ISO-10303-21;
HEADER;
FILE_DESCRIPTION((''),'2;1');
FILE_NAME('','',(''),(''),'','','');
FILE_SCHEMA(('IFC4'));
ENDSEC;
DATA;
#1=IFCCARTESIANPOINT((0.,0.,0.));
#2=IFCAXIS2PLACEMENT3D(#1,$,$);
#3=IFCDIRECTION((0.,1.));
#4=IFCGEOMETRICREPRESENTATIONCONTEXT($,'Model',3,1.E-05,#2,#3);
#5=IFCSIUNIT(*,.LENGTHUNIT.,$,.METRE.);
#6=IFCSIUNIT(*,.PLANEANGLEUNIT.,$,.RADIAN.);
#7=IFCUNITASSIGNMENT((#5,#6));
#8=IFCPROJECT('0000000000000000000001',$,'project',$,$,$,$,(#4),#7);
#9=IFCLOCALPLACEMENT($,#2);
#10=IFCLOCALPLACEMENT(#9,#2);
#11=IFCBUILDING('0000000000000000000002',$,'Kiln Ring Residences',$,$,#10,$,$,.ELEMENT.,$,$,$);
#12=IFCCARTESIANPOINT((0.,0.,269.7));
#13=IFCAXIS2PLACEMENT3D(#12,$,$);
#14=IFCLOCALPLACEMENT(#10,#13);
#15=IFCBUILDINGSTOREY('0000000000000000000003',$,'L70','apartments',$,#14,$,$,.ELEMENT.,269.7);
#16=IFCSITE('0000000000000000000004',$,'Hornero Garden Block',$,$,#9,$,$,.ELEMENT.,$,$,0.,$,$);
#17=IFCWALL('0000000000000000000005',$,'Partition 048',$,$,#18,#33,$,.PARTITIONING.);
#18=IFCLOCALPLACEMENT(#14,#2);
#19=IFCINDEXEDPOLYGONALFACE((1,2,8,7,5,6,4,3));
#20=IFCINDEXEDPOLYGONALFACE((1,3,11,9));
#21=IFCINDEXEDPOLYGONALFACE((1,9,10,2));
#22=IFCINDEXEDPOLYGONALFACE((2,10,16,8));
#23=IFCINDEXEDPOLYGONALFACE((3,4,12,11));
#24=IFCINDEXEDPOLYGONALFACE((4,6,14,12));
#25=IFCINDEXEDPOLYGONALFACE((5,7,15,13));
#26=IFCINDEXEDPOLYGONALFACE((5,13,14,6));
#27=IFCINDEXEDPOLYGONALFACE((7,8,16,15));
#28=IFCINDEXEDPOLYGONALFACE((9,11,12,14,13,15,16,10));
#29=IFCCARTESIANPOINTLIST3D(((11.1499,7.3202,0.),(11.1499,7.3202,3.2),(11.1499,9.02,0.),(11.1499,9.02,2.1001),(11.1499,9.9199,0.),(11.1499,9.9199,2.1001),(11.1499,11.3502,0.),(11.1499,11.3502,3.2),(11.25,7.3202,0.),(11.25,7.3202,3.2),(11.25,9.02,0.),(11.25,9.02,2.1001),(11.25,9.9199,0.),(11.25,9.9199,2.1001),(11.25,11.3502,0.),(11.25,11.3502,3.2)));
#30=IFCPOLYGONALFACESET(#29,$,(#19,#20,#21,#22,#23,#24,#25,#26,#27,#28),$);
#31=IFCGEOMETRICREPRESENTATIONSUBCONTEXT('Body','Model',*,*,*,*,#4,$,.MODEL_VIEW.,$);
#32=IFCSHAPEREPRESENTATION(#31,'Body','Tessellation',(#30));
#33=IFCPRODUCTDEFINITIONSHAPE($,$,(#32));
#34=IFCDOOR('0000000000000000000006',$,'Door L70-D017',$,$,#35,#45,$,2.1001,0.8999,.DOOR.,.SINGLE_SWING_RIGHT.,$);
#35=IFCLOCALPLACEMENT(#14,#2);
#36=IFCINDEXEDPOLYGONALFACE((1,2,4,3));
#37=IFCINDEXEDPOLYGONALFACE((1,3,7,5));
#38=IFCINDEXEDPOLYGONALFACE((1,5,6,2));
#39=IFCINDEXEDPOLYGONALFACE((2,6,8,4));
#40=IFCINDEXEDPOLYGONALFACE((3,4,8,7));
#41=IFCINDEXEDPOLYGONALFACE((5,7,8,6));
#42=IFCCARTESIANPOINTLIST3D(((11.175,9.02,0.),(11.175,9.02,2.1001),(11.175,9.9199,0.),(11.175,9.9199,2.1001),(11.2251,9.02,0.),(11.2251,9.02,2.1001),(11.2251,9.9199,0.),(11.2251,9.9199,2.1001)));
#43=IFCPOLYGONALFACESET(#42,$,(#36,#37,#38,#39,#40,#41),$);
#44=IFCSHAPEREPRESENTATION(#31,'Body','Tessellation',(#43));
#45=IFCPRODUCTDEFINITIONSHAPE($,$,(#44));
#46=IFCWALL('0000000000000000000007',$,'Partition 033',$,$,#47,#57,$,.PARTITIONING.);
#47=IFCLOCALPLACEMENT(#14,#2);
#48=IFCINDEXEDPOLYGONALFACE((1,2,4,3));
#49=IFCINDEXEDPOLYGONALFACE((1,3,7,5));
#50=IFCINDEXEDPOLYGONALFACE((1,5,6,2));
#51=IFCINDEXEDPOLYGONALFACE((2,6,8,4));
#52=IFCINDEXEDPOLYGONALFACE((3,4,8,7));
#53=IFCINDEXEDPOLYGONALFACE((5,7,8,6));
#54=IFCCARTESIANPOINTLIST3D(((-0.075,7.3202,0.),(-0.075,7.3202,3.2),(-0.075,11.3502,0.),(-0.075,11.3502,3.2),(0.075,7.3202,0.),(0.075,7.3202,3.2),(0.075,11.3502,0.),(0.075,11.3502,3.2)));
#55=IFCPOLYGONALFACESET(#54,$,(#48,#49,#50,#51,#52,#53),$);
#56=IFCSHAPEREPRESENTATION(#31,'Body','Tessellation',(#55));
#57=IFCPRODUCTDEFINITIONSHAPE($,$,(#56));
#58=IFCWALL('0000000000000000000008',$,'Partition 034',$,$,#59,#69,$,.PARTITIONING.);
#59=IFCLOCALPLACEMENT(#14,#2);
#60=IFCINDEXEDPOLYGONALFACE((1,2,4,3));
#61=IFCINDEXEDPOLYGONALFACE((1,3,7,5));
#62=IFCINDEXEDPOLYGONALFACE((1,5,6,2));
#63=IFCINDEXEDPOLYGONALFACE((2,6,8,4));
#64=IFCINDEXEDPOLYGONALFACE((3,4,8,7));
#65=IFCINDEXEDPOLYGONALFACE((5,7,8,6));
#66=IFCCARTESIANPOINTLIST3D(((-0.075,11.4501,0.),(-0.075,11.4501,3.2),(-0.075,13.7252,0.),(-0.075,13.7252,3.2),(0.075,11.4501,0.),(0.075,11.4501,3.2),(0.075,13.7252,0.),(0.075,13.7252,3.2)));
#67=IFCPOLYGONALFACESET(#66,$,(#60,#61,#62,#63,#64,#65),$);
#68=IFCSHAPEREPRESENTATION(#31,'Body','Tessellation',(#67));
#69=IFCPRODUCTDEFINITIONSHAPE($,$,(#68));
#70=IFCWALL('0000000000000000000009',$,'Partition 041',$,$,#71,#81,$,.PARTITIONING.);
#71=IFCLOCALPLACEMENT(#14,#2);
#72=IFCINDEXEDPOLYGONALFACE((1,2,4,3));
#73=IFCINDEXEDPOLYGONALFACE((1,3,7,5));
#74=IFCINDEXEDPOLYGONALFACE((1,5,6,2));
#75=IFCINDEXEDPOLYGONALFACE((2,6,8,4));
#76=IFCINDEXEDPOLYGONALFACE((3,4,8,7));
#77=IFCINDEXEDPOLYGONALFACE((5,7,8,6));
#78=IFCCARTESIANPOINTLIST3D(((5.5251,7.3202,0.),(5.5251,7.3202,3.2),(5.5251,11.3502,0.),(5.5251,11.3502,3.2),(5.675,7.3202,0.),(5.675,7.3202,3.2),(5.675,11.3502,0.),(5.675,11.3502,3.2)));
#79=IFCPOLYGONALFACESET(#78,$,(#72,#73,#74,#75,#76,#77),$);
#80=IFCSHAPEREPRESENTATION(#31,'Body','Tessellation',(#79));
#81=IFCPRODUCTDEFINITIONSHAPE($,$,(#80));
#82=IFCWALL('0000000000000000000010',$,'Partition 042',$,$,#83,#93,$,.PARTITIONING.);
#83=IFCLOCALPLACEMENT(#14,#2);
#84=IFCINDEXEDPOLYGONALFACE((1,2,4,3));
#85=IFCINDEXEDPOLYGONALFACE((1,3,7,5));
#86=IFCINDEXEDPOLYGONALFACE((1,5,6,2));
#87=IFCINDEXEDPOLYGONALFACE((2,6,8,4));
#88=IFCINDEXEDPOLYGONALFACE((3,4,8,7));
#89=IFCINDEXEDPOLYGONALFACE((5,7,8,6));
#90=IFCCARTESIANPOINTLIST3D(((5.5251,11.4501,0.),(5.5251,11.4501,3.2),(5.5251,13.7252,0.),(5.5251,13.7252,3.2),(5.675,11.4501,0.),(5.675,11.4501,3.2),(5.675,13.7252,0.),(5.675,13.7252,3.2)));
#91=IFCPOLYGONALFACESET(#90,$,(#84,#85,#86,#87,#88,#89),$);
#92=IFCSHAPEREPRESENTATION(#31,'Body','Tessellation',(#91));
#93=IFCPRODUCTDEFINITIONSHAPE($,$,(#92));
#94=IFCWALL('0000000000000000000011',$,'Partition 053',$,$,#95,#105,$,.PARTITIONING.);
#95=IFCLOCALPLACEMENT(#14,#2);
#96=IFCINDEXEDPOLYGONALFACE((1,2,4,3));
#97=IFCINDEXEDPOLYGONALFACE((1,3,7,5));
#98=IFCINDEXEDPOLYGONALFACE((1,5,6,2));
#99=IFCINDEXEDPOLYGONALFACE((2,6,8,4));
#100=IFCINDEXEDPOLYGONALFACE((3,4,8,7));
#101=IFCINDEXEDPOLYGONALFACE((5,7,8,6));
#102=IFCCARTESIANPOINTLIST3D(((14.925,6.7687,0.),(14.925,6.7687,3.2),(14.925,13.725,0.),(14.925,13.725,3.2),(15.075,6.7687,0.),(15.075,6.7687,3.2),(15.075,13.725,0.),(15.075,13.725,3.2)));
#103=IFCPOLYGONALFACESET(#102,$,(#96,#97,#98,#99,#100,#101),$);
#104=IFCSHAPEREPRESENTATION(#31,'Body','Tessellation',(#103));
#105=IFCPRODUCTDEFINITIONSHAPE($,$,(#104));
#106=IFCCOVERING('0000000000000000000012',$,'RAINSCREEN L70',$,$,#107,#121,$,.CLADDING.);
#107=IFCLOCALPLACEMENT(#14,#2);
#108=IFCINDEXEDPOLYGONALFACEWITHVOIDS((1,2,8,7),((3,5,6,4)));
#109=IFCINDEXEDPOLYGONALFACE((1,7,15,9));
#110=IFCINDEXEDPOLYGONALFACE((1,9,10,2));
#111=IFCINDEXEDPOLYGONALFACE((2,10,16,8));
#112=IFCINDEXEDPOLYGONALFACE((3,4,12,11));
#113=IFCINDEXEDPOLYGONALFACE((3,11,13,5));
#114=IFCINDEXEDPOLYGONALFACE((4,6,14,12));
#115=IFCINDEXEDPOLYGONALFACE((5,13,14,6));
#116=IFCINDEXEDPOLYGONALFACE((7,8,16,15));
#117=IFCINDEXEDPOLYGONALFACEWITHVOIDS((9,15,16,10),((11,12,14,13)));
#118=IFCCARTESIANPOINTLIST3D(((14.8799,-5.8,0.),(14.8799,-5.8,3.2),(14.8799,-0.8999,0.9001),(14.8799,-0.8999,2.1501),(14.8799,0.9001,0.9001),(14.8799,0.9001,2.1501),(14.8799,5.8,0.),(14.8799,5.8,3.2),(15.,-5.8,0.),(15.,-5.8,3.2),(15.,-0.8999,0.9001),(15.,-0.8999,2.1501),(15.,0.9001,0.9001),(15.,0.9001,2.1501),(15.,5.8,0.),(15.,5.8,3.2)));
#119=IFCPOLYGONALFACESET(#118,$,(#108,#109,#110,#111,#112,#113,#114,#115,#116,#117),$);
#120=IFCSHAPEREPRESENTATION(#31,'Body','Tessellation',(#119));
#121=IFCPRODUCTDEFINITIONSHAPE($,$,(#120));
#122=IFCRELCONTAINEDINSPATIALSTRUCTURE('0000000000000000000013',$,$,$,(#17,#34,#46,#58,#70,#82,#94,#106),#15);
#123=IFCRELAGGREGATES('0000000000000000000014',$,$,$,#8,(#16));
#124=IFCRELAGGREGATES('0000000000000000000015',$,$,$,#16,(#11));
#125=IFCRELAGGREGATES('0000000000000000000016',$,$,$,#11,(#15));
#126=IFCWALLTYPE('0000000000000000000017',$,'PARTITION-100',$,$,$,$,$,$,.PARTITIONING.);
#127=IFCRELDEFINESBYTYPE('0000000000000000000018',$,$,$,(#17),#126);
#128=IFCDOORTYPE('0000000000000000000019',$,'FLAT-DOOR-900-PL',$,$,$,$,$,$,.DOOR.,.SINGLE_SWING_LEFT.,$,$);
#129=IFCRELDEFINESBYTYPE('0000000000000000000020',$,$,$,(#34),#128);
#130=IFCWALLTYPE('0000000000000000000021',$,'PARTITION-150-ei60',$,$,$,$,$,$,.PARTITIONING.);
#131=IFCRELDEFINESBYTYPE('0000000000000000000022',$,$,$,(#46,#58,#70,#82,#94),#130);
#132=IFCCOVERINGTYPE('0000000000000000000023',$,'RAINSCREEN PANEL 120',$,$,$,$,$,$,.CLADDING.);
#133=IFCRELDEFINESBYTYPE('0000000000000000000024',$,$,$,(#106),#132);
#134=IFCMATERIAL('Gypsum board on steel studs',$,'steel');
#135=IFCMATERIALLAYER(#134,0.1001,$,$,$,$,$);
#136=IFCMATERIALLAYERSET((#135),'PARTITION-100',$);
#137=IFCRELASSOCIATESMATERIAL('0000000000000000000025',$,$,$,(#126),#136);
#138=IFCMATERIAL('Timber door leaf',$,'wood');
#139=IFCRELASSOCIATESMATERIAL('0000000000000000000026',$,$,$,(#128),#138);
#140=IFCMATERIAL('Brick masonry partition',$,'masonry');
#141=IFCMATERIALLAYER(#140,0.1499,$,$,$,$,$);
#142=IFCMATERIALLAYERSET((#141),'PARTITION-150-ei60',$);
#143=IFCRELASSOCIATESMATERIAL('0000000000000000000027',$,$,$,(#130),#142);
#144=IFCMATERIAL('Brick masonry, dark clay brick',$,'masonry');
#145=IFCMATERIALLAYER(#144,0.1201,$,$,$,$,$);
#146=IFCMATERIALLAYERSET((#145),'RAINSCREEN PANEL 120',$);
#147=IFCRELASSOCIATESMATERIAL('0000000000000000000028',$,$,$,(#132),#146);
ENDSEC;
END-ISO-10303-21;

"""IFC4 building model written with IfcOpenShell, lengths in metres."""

from ifc_helpers import new_model, si_unit, direction, frame, frame_2d, origin, place, context, subcontext, project, spatial, polyline, rectangle, outline, extrude, material, layer, layer_set, type_object, element, fill, save


model = new_model("IFC4")

# Units and contexts
model_context = context("Model", 3, precision=1e-05, world=origin(), true_north=direction((0.0, 1.0)))
body_context = subcontext(model_context, "Body", "Model", "MODEL_VIEW")
ifc_project = project(units=[si_unit("LENGTHUNIT", "METRE"), si_unit("PLANEANGLEUNIT", "RADIAN")], contexts=[model_context])

# Site, building, storey
site_placement = place(None, origin())
site = spatial("IfcSite", under=ifc_project, at=site_placement, Name="Hornero Garden Block", CompositionType="ELEMENT", RefElevation=0.0)
building_placement = place(site_placement, origin())
building = spatial("IfcBuilding", under=site, at=building_placement, Name="Kiln Ring Residences", CompositionType="ELEMENT")
storey_placement = place(building_placement, frame((0.0, 0.0, 269.7)))
storey = spatial("IfcBuildingStorey", under=building, at=storey_placement, Name="L70", Description="apartments", CompositionType="ELEMENT", Elevation=269.7)

# Shared definitions
ifc_material_1 = material(Name="Gypsum board on steel studs", Category="steel")
ifc_layer_1 = layer(ifc_material_1, 0.1001)
ifc_layer_set_1 = layer_set([ifc_layer_1], Name="PARTITION-100")
wall_type_1 = type_object("IfcWallType", Name="PARTITION-100", PredefinedType="PARTITIONING", material=ifc_layer_set_1)

# Wall, opening, door
wall_1_placement = place(storey_placement, frame((11.2, 7.3201, 0.0), z_axis=(0.0, 0.0, 1.0), x_axis=(0.0, 1.0, 0.0)))
wall_1 = element("IfcWall", 1, at=wall_1_placement, inside=storey, type_object=wall_type_1, Name="Partition 048", PredefinedType="PARTITIONING", context=body_context, shape_type="SweptSolid", body=[
    extrude(rectangle(XDim=4.03, YDim=0.1001, at=frame_2d((2.0151, 0.0))), origin(), (0.0, 0.0, 1.0), 3.2),
])
opening_placement = place(wall_1_placement, frame((1.7, 0.0, 0.0)))
opening = element("IfcOpeningElement", 2, at=opening_placement, cuts=wall_1, PredefinedType="OPENING", context=body_context, shape_type="SweptSolid", body=[
    extrude(rectangle(XDim=0.8999, YDim=2.1001, at=frame_2d((0.45, 1.05))), frame((0.0, 0.0601, 0.0), z_axis=(0.0, -1.0, 0.0), x_axis=(1.0, 0.0, 0.0)), (0.0, 0.0, 1.0), 0.1201),
])
ifc_material_2 = material(Name="Timber door leaf", Category="wood")
door_type = type_object("IfcDoorType", Name="FLAT-DOOR-900-PL", OperationType="SINGLE_SWING_LEFT", PredefinedType="DOOR", material=ifc_material_2)
door_placement = place(opening_placement, origin())
door = element("IfcDoor", 3, at=door_placement, inside=storey, type_object=door_type, Name="Door L70-D017", OperationType="SINGLE_SWING_RIGHT", OverallHeight=2.1001, OverallWidth=0.8999, PredefinedType="DOOR", context=body_context, shape_type="SweptSolid", body=[
    extrude(rectangle(XDim=0.8999, YDim=2.1001, at=frame_2d((0.45, 1.05))), frame((0.0, 0.0249, 0.0), z_axis=(0.0, -1.0, 0.0), x_axis=(1.0, 0.0, 0.0)), (0.0, 0.0, 1.0), 0.05),
])
fill(opening, door)

# Walls
ifc_material_3 = material(Name="Brick masonry partition", Category="masonry")
ifc_layer_2 = layer(ifc_material_3, 0.1499)
ifc_layer_set_2 = layer_set([ifc_layer_2], Name="PARTITION-150-ei60")
wall_type_2 = type_object("IfcWallType", Name="PARTITION-150-ei60", PredefinedType="PARTITIONING", material=ifc_layer_set_2)
wall_2_placement = place(storey_placement, frame((0.0, 7.3201, 0.0), z_axis=(0.0, 0.0, 1.0), x_axis=(0.0, 1.0, 0.0)))
element("IfcWall", 4, at=wall_2_placement, inside=storey, type_object=wall_type_2, Name="Partition 033", PredefinedType="PARTITIONING", context=body_context, shape_type="SweptSolid", body=[
    extrude(rectangle(XDim=4.03, YDim=0.1499, at=frame_2d((2.0151, 0.0))), origin(), (0.0, 0.0, 1.0), 3.2),
])
wall_3_placement = place(storey_placement, frame((0.0, 11.45, 0.0), z_axis=(0.0, 0.0, 1.0), x_axis=(0.0, 1.0, 0.0)))
element("IfcWall", 5, at=wall_3_placement, inside=storey, type_object=wall_type_2, Name="Partition 034", PredefinedType="PARTITIONING", context=body_context, shape_type="SweptSolid", body=[
    extrude(rectangle(XDim=2.2751, YDim=0.1499, at=frame_2d((1.1377, 0.0))), origin(), (0.0, 0.0, 1.0), 3.2),
])
wall_4_placement = place(storey_placement, frame((5.6001, 7.3201, 0.0), z_axis=(0.0, 0.0, 1.0), x_axis=(0.0, 1.0, 0.0)))
element("IfcWall", 6, at=wall_4_placement, inside=storey, type_object=wall_type_2, Name="Partition 041", PredefinedType="PARTITIONING", context=body_context, shape_type="SweptSolid", body=[
    extrude(rectangle(XDim=4.03, YDim=0.1499, at=frame_2d((2.0151, 0.0))), origin(), (0.0, 0.0, 1.0), 3.2),
])
wall_5_placement = place(storey_placement, frame((5.6001, 11.45, 0.0), z_axis=(0.0, 0.0, 1.0), x_axis=(0.0, 1.0, 0.0)))
element("IfcWall", 7, at=wall_5_placement, inside=storey, type_object=wall_type_2, Name="Partition 042", PredefinedType="PARTITIONING", context=body_context, shape_type="SweptSolid", body=[
    extrude(rectangle(XDim=2.2751, YDim=0.1499, at=frame_2d((1.1377, 0.0))), origin(), (0.0, 0.0, 1.0), 3.2),
])
wall_6_placement = place(storey_placement, frame((15.0, 6.7688, 0.0), z_axis=(0.0, 0.0, 1.0), x_axis=(0.0, 1.0, 0.0)))
element("IfcWall", 8, at=wall_6_placement, inside=storey, type_object=wall_type_2, Name="Partition 053", PredefinedType="PARTITIONING", context=body_context, shape_type="SweptSolid", body=[
    extrude(rectangle(XDim=6.9563, YDim=0.1499, at=frame_2d((3.478, 0.0))), origin(), (0.0, 0.0, 1.0), 3.2),
])

# Covering
ifc_material_4 = material(Name="Brick masonry, dark clay brick", Category="masonry")
ifc_layer_3 = layer(ifc_material_4, 0.1201)
ifc_layer_set_3 = layer_set([ifc_layer_3], Name="RAINSCREEN PANEL 120")
covering_type = type_object("IfcCoveringType", Name="RAINSCREEN PANEL 120", PredefinedType="CLADDING", material=ifc_layer_set_3)
covering_placement = place(storey_placement, frame((14.9399, 5.8, 0.0), z_axis=(0.0, 0.0, 1.0), x_axis=(0.0, -1.0, 0.0)))
element("IfcCovering", 9, at=covering_placement, inside=storey, type_object=covering_type, Name="RAINSCREEN L70", PredefinedType="CLADDING", context=body_context, shape_type="SweptSolid", body=[
    extrude(outline(polyline([(0.0, 0.0), (11.6001, 0.0), (11.6001, 3.2), (0.0, 3.2), (0.0, 0.0)]), holes=[polyline([(4.8999, 2.1501), (4.8999, 0.9001), (6.7, 0.9001), (6.7, 2.1501), (4.8999, 2.1501)])]), frame((0.0, 0.0601, 0.0), z_axis=(0.0, -1.0, 0.0), x_axis=(1.0, 0.0, 0.0)), (0.0, 0.0, 1.0), 0.1201),
])

save(model, "model.ifc")
